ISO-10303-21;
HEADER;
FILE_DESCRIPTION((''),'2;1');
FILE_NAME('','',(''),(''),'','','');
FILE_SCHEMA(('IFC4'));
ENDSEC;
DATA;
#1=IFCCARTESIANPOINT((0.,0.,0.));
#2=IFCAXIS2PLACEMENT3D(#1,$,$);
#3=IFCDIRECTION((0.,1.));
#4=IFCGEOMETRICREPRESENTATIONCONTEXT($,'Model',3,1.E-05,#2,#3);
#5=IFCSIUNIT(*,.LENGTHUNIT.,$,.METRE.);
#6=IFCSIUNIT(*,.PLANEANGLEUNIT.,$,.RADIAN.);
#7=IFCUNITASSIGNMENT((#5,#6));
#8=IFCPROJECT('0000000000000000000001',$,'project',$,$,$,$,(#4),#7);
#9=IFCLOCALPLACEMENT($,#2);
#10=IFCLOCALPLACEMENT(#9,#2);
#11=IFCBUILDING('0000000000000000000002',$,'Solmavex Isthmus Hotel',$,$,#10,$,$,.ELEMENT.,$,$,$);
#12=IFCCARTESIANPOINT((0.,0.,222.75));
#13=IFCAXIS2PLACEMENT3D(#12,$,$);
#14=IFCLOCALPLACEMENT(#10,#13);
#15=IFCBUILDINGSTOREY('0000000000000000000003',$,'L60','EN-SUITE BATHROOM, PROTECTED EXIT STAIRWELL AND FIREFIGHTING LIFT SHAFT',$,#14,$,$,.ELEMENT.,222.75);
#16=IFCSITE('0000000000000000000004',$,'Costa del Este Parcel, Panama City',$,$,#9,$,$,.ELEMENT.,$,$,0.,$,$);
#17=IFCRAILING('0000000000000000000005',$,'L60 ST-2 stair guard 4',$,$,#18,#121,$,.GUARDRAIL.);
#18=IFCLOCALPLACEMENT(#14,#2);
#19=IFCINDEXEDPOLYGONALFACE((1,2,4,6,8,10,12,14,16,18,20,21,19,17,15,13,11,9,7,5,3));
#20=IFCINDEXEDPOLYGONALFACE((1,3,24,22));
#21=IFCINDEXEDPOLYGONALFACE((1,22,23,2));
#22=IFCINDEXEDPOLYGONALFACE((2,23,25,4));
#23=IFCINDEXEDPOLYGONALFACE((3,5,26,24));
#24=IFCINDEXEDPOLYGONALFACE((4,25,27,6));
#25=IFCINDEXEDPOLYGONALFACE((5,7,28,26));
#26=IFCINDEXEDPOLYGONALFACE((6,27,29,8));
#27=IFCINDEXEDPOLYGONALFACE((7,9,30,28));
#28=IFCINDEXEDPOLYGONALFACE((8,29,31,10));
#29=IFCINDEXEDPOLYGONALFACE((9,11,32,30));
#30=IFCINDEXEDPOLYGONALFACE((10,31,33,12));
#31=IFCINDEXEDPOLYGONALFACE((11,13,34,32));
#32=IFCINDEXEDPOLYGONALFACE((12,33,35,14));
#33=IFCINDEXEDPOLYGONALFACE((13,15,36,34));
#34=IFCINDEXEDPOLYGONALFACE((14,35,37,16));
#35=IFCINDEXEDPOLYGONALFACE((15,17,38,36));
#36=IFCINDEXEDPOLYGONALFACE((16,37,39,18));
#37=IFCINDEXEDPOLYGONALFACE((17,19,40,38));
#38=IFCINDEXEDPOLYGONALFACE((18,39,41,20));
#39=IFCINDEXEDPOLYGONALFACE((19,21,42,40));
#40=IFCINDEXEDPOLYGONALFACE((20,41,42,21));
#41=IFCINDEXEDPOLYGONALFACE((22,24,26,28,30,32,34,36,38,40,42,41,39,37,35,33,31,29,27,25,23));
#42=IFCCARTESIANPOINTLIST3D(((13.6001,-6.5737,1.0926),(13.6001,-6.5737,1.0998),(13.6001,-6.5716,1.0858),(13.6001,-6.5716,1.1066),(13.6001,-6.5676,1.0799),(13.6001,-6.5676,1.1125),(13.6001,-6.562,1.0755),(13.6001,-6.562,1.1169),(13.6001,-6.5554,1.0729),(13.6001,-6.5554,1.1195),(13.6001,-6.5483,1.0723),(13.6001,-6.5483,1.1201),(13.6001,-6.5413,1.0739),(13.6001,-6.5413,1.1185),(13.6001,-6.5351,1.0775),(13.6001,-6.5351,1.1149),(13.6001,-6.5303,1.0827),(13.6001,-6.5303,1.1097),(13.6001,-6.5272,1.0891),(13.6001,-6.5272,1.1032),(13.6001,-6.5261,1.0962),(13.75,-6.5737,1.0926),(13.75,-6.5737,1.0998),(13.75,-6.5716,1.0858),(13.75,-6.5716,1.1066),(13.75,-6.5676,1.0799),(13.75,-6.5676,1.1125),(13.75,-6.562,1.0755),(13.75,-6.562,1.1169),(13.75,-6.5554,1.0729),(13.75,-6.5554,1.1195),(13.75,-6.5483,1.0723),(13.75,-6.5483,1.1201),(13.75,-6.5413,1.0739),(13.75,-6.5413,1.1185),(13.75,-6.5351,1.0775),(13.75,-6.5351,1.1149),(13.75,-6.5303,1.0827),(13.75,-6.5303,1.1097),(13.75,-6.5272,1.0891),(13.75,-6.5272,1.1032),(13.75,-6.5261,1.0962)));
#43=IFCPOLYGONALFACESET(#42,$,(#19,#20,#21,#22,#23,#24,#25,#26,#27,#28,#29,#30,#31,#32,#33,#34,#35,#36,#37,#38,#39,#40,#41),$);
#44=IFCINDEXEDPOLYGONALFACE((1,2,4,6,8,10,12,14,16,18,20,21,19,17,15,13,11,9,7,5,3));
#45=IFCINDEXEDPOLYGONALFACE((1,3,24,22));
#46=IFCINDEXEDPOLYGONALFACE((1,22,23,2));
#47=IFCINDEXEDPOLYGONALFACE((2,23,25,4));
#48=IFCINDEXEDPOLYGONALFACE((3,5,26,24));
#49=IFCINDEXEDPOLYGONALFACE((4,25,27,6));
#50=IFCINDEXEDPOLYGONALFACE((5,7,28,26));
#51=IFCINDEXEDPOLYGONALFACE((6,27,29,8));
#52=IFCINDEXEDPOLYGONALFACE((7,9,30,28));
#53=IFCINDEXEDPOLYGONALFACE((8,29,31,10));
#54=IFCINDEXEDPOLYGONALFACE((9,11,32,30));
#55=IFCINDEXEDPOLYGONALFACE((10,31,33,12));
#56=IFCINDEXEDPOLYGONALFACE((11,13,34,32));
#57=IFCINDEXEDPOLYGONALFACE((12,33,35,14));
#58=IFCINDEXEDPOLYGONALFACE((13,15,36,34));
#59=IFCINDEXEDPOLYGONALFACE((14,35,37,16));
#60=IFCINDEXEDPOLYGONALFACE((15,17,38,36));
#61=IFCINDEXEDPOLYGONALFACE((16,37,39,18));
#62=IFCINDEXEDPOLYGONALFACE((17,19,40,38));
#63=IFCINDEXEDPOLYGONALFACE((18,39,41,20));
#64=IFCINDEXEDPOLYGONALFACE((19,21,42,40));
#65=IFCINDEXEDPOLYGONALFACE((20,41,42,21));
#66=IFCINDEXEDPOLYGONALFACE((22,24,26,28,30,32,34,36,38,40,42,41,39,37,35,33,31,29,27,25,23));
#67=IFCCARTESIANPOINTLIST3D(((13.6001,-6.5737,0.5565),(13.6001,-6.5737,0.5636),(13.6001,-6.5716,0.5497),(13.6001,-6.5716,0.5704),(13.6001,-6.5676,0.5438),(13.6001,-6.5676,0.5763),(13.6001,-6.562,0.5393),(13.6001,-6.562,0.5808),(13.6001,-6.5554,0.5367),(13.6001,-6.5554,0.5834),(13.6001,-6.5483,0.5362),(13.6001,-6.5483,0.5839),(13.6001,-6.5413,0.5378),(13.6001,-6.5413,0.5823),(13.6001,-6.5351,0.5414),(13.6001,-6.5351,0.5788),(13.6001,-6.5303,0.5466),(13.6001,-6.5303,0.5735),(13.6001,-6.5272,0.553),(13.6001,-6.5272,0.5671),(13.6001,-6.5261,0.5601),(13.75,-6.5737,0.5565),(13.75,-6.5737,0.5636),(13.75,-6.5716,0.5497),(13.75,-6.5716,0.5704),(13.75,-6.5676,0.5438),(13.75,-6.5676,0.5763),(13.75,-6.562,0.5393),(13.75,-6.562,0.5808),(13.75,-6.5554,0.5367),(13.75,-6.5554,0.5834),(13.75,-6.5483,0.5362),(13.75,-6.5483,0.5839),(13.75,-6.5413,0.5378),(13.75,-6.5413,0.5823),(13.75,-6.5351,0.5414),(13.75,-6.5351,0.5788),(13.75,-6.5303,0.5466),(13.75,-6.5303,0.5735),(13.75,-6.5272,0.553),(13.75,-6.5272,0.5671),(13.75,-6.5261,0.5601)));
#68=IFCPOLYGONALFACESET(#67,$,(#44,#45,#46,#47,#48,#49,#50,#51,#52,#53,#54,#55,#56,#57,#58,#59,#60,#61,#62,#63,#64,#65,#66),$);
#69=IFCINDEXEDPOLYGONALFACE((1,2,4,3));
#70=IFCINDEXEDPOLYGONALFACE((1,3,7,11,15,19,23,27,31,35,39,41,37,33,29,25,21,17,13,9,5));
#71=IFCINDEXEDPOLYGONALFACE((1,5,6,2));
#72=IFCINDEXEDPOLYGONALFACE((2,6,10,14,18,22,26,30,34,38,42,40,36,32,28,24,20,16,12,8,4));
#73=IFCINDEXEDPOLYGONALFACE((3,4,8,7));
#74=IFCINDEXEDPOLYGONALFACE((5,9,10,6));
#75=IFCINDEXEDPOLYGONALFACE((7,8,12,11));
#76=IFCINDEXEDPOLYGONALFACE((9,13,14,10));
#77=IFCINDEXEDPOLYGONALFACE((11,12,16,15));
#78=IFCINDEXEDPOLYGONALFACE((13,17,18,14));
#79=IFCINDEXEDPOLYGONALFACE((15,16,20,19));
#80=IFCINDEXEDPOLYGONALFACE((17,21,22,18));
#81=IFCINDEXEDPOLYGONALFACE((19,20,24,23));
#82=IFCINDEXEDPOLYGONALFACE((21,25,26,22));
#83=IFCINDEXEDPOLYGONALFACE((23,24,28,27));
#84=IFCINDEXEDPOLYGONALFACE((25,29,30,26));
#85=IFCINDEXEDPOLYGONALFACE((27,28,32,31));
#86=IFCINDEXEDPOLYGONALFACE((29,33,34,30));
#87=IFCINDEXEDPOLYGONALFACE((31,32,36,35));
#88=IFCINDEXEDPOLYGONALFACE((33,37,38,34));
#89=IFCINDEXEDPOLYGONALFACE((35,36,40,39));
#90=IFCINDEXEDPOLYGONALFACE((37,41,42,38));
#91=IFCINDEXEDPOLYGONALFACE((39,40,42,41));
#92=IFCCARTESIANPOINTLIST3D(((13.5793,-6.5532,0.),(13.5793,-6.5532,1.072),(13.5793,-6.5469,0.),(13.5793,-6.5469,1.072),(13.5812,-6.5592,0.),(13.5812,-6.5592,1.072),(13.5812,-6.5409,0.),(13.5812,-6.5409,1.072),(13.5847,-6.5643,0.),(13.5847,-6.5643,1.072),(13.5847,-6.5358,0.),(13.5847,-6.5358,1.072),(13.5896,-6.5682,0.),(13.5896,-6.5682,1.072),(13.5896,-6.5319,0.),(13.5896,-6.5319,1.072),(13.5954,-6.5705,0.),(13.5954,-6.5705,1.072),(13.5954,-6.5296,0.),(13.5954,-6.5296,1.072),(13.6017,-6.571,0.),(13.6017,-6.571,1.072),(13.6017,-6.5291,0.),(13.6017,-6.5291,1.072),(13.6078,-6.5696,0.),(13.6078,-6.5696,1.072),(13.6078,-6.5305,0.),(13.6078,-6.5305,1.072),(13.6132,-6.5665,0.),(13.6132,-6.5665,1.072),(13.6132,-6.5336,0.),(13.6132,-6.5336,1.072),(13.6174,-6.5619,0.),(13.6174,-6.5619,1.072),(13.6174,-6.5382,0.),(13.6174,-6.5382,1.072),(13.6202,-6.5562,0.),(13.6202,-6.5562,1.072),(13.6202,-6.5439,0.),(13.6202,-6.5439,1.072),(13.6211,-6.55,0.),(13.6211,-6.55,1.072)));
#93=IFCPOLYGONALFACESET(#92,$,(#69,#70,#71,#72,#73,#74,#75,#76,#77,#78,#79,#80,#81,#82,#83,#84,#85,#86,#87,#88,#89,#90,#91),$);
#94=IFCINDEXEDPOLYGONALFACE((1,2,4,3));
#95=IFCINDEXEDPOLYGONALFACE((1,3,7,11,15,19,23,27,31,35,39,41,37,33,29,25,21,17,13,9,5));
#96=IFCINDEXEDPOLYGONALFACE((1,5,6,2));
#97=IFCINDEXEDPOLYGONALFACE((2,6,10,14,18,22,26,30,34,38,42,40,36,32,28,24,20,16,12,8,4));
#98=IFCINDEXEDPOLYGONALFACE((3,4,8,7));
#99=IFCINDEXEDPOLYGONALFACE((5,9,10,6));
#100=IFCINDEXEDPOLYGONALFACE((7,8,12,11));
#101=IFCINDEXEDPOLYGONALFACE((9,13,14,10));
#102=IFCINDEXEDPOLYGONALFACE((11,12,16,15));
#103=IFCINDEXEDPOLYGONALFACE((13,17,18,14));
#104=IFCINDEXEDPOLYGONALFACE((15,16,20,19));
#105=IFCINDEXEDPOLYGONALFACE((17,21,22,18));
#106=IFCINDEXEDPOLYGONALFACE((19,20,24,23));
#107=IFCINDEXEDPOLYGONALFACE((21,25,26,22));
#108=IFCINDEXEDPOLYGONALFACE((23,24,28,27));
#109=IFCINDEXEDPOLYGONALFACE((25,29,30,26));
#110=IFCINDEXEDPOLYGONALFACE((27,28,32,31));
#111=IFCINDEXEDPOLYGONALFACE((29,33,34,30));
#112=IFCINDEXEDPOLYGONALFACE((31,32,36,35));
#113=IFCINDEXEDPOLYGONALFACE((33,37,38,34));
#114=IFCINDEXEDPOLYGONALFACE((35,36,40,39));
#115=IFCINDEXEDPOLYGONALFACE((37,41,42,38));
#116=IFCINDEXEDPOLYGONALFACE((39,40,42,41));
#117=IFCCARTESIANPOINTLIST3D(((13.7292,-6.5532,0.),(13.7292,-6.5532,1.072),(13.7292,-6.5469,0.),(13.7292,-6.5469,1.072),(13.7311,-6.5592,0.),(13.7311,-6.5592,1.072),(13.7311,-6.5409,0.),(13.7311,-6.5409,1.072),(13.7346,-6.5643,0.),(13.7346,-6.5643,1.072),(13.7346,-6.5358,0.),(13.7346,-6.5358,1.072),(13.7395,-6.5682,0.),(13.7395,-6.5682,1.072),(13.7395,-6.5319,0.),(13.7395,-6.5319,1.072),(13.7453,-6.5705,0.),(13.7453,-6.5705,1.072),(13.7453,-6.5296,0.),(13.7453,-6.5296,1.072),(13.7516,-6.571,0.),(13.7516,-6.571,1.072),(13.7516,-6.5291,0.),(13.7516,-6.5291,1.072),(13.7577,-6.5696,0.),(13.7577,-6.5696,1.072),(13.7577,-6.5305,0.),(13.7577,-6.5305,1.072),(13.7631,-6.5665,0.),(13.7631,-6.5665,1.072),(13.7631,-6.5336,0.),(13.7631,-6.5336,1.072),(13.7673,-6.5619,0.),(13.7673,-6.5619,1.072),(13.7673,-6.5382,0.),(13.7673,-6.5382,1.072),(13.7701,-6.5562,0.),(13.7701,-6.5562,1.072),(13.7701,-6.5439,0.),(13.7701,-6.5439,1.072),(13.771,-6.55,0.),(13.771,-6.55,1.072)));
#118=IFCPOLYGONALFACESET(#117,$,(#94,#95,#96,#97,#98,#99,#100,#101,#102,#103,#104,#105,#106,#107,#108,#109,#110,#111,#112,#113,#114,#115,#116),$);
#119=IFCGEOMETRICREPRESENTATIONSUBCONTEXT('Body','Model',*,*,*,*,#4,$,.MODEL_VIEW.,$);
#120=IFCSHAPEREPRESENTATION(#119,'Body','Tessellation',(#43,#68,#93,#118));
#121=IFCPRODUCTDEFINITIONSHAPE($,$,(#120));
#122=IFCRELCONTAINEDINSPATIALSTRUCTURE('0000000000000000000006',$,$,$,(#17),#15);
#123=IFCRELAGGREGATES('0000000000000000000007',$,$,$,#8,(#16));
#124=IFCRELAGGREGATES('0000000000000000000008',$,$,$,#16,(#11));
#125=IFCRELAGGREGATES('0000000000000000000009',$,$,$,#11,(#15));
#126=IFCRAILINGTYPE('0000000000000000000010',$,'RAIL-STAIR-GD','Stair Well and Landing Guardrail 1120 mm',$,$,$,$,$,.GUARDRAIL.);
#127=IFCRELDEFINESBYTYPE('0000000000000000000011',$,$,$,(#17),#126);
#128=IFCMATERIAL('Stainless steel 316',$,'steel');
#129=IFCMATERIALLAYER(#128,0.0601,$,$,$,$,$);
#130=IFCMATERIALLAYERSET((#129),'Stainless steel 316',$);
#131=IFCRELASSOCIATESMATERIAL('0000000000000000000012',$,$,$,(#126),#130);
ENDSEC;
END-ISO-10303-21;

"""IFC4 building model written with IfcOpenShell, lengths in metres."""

from ifc_helpers import new_model, si_unit, direction, frame, origin, origin_2d, place, context, subcontext, project, spatial, circle, extrude, material, layer, layer_set, type_object, element, save


model = new_model("IFC4")

# Units and contexts
model_context = context("Model", 3, precision=1e-05, world=origin(), true_north=direction((0.0, 1.0)))
body_context = subcontext(model_context, "Body", "Model", "MODEL_VIEW")
ifc_project = project(units=[si_unit("LENGTHUNIT", "METRE"), si_unit("PLANEANGLEUNIT", "RADIAN")], contexts=[model_context])

# Site, building, storey
site_placement = place(None, origin())
site = spatial("IfcSite", under=ifc_project, at=site_placement, Name="Costa del Este Parcel, Panama City", CompositionType="ELEMENT", RefElevation=0.0)
building_placement = place(site_placement, origin())
building = spatial("IfcBuilding", under=site, at=building_placement, Name="Solmavex Isthmus Hotel", CompositionType="ELEMENT")
storey_placement = place(building_placement, frame((0.0, 0.0, 222.75)))
storey = spatial("IfcBuildingStorey", under=building, at=storey_placement, Name="L60", Description="EN-SUITE BATHROOM, PROTECTED EXIT STAIRWELL AND FIREFIGHTING LIFT SHAFT", CompositionType="ELEMENT", Elevation=222.75)

# Railing
ifc_material_1 = material(Name="Stainless steel 316", Category="steel")
ifc_layer_1 = layer(ifc_material_1, 0.0601)
ifc_layer_set_1 = layer_set([ifc_layer_1], Name="Stainless steel 316")
railing_type_1 = type_object("IfcRailingType", Name="RAIL-STAIR-GD", Description="Stair Well and Landing Guardrail 1120 mm", PredefinedType="GUARDRAIL", material=ifc_layer_set_1)
railing_1_placement = place(storey_placement, frame((13.6001, -6.55, 0.0)))
element("IfcRailing", 1, at=railing_1_placement, inside=storey, type_object=railing_type_1, Name="L60 ST-2 stair guard 4", PredefinedType="GUARDRAIL", context=body_context, shape_type="SweptSolid", body=[
    extrude(circle(Radius=0.0239, at=origin_2d()), frame((0.0, 0.0, 1.0962), z_axis=(1.0, 0.0, 0.0), x_axis=(0.0, 1.0, 0.0)), (0.0, 0.0, 1.0), 0.1499),
    extrude(circle(Radius=0.0239, at=origin_2d()), frame((0.0, 0.0, 0.5601), z_axis=(1.0, 0.0, 0.0), x_axis=(0.0, 1.0, 0.0)), (0.0, 0.0, 1.0), 0.1499),
    extrude(circle(Radius=0.021, at=origin_2d()), origin(), (0.0, 0.0, 1.0), 1.072),
    extrude(circle(Radius=0.021, at=origin_2d()), frame((0.1499, 0.0, 0.0)), (0.0, 0.0, 1.0), 1.072),
])

save(model, "model.ifc")
